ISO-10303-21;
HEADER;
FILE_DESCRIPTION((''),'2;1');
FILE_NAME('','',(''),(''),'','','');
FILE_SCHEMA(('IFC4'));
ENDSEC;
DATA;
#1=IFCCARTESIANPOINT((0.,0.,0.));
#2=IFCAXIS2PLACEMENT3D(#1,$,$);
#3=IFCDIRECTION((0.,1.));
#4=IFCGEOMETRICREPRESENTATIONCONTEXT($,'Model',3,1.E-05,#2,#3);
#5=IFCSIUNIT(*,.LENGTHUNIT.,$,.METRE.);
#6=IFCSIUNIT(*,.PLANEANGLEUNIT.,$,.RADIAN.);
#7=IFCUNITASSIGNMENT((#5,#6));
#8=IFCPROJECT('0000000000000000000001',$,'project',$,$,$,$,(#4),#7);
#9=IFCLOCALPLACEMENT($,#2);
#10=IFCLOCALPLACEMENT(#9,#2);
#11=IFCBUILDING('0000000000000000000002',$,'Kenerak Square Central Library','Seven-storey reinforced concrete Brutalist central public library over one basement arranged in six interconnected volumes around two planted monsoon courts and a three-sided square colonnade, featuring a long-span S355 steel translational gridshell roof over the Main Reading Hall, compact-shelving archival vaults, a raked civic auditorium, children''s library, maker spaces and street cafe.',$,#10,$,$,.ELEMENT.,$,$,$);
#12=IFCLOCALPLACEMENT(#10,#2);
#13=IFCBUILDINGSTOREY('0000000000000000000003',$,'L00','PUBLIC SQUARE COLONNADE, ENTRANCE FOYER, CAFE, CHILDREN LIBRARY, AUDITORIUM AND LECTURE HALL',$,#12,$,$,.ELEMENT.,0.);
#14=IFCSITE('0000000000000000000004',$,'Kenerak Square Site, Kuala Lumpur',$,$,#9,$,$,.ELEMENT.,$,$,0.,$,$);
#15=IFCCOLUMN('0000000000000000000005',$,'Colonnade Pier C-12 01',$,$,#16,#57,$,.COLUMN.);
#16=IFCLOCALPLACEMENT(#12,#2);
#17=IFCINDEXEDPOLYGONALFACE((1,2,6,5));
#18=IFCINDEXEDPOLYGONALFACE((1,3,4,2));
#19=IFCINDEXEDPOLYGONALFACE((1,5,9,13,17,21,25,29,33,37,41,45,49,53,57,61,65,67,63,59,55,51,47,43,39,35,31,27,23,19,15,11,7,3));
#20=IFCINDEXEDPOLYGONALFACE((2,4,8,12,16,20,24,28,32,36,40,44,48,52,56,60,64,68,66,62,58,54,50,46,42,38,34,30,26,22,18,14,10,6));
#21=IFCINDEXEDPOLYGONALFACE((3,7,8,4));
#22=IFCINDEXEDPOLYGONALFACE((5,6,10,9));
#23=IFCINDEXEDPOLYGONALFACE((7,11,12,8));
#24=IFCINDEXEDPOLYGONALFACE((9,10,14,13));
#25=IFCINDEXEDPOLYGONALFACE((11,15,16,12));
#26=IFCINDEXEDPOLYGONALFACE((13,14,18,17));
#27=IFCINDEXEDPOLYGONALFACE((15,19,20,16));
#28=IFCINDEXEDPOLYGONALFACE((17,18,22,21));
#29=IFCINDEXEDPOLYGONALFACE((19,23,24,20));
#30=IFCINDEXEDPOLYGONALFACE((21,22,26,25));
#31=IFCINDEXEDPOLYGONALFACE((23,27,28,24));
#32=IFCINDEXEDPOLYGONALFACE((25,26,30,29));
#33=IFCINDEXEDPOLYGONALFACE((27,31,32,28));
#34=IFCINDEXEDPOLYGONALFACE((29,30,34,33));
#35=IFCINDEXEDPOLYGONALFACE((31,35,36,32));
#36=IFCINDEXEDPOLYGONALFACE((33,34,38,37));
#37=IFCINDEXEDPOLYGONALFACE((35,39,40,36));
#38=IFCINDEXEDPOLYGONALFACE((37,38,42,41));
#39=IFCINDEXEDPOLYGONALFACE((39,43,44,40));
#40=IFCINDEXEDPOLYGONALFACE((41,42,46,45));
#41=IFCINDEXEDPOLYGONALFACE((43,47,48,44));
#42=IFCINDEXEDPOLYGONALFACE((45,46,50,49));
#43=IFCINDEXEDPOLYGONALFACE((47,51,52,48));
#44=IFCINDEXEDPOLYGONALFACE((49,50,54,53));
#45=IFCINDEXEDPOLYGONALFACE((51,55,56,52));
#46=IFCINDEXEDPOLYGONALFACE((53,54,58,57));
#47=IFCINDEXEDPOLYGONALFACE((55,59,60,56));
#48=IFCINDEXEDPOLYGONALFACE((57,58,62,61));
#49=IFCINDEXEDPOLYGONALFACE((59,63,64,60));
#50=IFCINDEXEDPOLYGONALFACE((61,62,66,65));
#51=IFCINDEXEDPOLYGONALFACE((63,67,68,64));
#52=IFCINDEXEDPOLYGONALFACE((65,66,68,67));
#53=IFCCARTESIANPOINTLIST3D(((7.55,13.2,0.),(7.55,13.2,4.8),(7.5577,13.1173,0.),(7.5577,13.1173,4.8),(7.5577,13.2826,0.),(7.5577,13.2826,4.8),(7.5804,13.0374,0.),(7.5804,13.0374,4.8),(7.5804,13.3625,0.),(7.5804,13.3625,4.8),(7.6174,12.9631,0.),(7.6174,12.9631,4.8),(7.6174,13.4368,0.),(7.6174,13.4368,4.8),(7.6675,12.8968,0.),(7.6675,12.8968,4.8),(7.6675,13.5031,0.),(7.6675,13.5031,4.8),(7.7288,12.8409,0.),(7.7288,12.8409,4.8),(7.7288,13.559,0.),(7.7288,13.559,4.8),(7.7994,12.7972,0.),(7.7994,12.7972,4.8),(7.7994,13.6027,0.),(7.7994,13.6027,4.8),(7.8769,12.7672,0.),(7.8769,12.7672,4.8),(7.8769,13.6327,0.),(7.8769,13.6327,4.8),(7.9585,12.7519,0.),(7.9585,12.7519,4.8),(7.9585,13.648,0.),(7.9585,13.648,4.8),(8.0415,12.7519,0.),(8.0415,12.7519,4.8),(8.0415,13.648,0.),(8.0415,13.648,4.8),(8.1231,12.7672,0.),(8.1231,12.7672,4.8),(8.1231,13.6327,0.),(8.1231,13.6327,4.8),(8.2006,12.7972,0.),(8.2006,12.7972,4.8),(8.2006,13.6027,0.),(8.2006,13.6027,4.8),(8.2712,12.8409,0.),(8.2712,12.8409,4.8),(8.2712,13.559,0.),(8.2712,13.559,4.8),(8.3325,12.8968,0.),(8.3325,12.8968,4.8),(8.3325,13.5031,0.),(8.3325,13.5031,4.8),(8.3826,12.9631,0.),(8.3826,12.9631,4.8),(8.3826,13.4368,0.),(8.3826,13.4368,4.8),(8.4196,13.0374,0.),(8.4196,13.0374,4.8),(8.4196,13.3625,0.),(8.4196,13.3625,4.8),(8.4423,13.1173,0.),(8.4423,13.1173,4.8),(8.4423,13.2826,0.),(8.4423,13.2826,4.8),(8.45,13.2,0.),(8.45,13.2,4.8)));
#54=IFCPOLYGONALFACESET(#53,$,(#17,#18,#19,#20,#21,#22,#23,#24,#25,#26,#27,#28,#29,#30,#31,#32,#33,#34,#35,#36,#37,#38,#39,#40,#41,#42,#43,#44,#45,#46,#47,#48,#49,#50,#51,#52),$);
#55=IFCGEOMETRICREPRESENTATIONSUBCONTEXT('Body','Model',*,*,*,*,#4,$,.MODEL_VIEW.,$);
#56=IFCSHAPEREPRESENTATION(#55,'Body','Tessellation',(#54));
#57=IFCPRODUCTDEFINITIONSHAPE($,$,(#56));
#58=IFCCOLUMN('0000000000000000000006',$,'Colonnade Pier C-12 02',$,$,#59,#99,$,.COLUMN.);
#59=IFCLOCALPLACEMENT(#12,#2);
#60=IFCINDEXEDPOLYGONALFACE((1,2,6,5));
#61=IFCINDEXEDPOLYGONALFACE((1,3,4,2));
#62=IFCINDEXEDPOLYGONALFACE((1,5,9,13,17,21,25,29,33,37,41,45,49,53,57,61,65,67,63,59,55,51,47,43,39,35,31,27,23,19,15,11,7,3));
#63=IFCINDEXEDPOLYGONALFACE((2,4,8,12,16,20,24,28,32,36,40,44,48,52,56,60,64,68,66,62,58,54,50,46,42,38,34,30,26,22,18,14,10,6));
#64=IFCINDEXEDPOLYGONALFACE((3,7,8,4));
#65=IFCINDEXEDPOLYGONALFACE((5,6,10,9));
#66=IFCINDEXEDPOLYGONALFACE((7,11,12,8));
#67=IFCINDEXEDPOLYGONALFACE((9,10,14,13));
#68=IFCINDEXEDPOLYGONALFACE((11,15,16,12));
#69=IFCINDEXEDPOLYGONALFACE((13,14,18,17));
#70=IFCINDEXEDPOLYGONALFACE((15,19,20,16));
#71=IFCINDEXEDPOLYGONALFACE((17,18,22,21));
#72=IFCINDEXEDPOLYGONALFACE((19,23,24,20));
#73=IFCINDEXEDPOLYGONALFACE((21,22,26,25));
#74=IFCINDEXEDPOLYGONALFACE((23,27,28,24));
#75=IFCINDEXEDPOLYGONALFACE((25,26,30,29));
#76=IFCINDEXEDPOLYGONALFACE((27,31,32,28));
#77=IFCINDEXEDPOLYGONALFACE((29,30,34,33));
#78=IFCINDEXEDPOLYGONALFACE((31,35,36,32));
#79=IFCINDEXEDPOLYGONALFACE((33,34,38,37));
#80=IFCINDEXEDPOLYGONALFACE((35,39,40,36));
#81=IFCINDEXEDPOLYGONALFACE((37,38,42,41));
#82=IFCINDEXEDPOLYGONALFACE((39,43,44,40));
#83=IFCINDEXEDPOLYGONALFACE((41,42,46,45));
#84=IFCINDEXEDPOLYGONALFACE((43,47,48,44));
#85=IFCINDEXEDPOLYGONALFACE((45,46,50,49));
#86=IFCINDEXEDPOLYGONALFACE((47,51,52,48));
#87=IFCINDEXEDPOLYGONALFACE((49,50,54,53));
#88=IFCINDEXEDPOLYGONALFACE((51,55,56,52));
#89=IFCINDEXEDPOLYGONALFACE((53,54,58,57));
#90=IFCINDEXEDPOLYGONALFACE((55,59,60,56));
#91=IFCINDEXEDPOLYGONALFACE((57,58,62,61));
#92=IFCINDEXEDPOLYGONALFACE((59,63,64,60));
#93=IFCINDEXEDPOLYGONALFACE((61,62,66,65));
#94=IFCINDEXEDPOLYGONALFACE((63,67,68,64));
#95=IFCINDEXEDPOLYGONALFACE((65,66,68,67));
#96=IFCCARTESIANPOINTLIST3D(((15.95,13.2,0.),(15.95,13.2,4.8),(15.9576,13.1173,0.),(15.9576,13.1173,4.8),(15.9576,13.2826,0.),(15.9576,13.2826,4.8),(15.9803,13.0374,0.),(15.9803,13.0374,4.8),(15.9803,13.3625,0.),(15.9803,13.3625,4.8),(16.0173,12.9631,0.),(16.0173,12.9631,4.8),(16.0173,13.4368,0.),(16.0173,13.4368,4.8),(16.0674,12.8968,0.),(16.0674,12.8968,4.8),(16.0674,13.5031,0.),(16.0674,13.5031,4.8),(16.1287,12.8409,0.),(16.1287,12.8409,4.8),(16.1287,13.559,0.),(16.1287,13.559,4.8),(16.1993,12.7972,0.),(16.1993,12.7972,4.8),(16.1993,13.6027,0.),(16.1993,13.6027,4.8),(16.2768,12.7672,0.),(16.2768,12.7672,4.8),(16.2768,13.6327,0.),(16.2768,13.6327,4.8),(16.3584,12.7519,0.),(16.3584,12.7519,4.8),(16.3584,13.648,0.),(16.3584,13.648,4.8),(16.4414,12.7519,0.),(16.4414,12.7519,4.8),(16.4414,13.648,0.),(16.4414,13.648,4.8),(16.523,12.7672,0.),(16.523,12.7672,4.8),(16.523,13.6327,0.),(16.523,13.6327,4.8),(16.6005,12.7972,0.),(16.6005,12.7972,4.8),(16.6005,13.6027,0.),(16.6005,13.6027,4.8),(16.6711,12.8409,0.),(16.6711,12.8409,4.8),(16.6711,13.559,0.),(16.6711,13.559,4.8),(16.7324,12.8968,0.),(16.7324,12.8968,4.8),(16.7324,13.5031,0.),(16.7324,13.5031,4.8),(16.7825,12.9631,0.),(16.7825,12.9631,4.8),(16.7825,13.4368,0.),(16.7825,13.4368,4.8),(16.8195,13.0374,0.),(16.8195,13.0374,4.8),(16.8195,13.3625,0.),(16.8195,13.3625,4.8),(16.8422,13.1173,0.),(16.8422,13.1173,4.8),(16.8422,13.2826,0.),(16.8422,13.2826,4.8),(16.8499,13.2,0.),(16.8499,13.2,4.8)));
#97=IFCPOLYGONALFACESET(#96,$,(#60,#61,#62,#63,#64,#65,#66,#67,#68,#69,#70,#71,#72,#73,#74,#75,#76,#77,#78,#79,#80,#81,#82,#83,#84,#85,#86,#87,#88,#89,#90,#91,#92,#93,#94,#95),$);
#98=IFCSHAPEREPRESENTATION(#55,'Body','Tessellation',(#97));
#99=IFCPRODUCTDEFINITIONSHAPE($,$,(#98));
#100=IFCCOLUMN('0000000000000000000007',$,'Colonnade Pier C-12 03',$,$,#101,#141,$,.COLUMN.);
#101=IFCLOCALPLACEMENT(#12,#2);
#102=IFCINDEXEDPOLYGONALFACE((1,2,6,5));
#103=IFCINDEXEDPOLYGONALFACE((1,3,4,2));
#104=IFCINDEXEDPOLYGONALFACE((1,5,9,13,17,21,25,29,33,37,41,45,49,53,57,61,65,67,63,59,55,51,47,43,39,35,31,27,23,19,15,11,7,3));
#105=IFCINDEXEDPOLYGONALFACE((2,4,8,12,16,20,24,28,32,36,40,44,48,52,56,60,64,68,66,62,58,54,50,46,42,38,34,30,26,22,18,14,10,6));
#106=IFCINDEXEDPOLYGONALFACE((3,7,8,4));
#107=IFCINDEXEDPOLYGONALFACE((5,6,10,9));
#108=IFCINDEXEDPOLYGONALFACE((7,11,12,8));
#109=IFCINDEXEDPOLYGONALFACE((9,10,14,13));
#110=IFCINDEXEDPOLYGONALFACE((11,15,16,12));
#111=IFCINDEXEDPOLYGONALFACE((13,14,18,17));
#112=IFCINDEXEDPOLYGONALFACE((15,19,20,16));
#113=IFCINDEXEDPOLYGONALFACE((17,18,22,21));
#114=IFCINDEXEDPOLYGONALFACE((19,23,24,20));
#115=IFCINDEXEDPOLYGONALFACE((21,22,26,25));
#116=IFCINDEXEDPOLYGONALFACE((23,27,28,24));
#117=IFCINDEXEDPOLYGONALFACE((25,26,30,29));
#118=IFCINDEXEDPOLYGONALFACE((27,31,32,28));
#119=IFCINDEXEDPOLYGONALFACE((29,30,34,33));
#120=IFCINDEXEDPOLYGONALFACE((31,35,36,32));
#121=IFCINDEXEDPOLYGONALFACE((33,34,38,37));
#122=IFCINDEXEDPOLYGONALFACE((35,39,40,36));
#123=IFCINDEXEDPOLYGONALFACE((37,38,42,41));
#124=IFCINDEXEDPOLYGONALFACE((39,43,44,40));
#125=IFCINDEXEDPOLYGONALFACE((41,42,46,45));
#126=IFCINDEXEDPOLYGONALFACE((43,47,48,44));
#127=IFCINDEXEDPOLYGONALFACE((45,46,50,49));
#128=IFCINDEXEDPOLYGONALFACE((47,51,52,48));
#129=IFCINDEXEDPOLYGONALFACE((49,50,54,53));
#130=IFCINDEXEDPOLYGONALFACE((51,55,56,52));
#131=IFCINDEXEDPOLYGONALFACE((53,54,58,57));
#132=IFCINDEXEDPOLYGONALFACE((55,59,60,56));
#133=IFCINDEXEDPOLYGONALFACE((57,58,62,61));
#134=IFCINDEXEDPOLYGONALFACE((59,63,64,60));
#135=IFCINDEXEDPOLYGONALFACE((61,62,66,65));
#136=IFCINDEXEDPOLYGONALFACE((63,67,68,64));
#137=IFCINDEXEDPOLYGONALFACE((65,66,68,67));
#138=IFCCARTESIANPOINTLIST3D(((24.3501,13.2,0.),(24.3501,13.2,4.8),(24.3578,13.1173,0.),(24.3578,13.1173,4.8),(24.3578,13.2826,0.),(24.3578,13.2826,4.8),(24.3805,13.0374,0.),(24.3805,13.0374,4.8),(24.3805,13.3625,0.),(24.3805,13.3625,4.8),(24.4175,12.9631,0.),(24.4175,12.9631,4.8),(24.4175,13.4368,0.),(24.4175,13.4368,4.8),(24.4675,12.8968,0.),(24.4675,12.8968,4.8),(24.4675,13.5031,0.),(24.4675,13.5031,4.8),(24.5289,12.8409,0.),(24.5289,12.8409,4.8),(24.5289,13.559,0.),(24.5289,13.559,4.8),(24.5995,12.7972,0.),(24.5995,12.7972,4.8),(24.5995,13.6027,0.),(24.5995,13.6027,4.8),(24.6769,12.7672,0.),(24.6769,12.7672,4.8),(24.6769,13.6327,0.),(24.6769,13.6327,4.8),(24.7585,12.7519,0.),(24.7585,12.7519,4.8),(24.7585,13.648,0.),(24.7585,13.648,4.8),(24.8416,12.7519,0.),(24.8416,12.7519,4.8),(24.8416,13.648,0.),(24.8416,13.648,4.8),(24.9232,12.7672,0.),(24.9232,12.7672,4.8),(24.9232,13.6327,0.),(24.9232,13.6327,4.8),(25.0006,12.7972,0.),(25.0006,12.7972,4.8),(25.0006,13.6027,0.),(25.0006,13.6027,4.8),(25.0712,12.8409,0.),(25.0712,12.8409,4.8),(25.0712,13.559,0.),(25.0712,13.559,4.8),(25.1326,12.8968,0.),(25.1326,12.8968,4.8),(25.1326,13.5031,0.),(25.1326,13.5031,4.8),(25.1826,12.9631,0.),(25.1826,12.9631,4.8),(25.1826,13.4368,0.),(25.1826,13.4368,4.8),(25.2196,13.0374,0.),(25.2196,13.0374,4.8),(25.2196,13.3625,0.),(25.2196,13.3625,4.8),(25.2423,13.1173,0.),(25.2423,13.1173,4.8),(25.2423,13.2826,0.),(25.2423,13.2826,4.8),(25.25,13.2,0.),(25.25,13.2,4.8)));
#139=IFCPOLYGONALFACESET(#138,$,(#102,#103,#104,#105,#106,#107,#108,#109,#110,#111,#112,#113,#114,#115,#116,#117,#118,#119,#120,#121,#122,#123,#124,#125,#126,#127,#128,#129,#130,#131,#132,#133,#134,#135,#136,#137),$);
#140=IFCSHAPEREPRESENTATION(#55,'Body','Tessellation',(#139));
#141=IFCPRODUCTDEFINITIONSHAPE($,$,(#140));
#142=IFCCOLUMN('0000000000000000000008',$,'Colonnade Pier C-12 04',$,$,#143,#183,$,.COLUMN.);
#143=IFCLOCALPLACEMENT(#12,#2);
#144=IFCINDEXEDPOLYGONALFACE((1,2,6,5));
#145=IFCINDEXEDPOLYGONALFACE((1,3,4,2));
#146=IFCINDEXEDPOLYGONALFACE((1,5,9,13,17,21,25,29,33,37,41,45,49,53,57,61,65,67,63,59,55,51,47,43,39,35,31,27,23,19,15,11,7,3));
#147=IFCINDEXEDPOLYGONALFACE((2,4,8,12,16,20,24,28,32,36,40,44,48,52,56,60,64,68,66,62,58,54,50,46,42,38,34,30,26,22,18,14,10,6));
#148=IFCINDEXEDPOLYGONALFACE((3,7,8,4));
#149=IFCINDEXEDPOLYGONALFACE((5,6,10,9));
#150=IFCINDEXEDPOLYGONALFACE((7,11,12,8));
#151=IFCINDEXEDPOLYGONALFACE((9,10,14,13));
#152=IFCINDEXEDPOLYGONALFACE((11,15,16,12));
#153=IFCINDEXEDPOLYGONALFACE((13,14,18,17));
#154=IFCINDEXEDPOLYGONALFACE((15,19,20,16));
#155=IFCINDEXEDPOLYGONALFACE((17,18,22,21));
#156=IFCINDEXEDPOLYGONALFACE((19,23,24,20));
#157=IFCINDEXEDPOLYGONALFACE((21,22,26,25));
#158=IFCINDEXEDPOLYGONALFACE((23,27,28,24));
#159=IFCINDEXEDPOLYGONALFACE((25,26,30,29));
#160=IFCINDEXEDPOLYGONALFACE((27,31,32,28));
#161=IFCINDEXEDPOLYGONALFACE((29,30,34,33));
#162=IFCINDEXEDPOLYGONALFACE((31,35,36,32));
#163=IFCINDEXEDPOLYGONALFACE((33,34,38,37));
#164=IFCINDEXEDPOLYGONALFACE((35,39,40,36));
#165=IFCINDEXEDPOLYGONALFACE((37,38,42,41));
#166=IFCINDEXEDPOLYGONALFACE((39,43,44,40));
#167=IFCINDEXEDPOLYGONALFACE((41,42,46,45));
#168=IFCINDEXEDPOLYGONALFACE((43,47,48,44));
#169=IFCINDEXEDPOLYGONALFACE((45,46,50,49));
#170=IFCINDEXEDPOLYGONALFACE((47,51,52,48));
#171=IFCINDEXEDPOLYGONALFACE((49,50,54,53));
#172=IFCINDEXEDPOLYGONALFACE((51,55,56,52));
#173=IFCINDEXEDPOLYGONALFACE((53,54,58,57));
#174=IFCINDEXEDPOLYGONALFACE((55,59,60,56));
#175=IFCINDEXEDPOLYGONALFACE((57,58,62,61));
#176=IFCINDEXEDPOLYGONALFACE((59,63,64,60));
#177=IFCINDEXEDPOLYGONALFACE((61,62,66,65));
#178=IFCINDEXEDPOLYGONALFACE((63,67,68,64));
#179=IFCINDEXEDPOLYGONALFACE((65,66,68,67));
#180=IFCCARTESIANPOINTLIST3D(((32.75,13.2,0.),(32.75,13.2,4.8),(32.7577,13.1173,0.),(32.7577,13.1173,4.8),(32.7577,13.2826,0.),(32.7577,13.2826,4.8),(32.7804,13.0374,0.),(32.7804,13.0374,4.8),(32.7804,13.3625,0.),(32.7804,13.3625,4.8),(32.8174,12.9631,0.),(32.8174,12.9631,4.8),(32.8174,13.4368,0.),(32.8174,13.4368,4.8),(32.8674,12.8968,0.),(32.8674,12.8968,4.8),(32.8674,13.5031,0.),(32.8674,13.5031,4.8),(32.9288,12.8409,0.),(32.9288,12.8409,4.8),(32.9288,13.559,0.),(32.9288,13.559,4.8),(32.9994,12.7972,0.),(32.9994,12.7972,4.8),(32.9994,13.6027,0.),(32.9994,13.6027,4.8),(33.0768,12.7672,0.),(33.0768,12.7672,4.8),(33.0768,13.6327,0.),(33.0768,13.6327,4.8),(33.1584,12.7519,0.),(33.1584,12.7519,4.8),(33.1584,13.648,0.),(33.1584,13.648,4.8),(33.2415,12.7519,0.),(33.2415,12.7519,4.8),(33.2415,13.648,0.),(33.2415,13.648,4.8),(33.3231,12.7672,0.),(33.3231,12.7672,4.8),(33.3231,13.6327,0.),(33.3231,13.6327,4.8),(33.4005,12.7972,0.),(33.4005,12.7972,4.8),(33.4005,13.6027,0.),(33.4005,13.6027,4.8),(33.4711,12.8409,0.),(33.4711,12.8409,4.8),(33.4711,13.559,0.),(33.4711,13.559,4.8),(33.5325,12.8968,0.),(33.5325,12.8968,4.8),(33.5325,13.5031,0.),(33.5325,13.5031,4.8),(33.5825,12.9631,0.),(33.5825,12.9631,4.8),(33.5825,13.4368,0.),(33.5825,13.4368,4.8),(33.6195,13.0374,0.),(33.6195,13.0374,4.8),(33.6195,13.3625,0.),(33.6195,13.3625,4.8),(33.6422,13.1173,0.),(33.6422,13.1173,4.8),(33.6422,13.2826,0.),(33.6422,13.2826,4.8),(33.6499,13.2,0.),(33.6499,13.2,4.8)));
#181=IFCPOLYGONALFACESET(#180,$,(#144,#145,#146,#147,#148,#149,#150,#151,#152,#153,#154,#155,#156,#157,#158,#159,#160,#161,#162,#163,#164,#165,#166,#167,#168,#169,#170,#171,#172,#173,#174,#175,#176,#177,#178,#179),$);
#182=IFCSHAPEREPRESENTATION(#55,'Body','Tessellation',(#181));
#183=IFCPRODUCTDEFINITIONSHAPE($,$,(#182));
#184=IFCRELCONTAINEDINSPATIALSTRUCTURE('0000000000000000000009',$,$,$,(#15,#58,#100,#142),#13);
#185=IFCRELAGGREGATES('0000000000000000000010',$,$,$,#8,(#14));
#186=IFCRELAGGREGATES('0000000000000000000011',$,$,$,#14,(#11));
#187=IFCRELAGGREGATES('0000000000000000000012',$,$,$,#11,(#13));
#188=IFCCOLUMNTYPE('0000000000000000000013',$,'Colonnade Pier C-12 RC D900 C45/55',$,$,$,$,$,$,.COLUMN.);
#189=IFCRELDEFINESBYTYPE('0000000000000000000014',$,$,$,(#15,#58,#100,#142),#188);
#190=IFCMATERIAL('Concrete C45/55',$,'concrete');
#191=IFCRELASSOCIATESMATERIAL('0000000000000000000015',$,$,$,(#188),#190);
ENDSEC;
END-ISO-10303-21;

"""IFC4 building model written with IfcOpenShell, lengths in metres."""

from ifc_helpers import new_model, si_unit, direction, frame, origin, origin_2d, place, context, subcontext, project, spatial, circle, extrude, material, material_profile, profile_set, type_object, element, save


model = new_model("IFC4")

# Units and contexts
model_context = context("Model", 3, precision=1e-05, world=origin(), true_north=direction((0.0, 1.0)))
body_context = subcontext(model_context, "Body", "Model", "MODEL_VIEW")
ifc_project = project(units=[si_unit("LENGTHUNIT", "METRE"), si_unit("PLANEANGLEUNIT", "RADIAN")], contexts=[model_context])

# Site, building, storey
site_placement = place(None, origin())
site = spatial("IfcSite", under=ifc_project, at=site_placement, Name="Kenerak Square Site, Kuala Lumpur", CompositionType="ELEMENT", RefElevation=0.0)
building_placement = place(site_placement, origin())
building = spatial("IfcBuilding", under=site, at=building_placement, Name="Kenerak Square Central Library", Description="Seven-storey reinforced concrete Brutalist central public library over one basement arranged in six interconnected volumes around two planted monsoon courts and a three-sided square colonnade, featuring a long-span S355 steel translational gridshell roof over the Main Reading Hall, compact-shelving archival vaults, a raked civic auditorium, children's library, maker spaces and street cafe.", CompositionType="ELEMENT")
storey_placement = place(building_placement, origin())
storey = spatial("IfcBuildingStorey", under=building, at=storey_placement, Name="L00", Description="PUBLIC SQUARE COLONNADE, ENTRANCE FOYER, CAFE, CHILDREN LIBRARY, AUDITORIUM AND LECTURE HALL", CompositionType="ELEMENT", Elevation=0.0)

# Columns
ifc_material_1 = material(Name="Concrete C45/55", Category="concrete")
ifc_material_profile_1 = material_profile(ifc_material_1, circle(Radius=0.45, at=origin_2d()), Name="RC D900")
ifc_profile_set_1 = profile_set([ifc_material_profile_1], Name="Concrete C45/55")
column_type = type_object("IfcColumnType", Name="Colonnade Pier C-12 RC D900 C45/55", PredefinedType="COLUMN", material=ifc_profile_set_1)
for number, where, z_axis, x_axis, name in (
    (1, (8.0, 13.2, 0.0), (0.0, 0.0, 1.0), (1.0, 0.0, 0.0), "Colonnade Pier C-12 01"),
    (2, (16.3999, 13.2, 0.0), (0.0, 0.0, 1.0), (1.0, 0.0, 0.0), "Colonnade Pier C-12 02"),
    (3, (24.8, 13.2, 0.0), (0.0, 0.0, 1.0), (1.0, 0.0, 0.0), "Colonnade Pier C-12 03"),
    (4, (33.2, 13.2, 0.0), (0.0, 0.0, 1.0), (1.0, 0.0, 0.0), "Colonnade Pier C-12 04"),
):
    element("IfcColumn", number, at=place(storey_placement, frame(where, z_axis=z_axis, x_axis=x_axis)), inside=storey, type_object=column_type, Name=name, PredefinedType="COLUMN", context=body_context, shape_type="SweptSolid", body=[
        extrude(circle(Radius=0.45, at=origin_2d()), origin(), (0.0, 0.0, 1.0), 4.8),
    ])

save(model, "model.ifc")
